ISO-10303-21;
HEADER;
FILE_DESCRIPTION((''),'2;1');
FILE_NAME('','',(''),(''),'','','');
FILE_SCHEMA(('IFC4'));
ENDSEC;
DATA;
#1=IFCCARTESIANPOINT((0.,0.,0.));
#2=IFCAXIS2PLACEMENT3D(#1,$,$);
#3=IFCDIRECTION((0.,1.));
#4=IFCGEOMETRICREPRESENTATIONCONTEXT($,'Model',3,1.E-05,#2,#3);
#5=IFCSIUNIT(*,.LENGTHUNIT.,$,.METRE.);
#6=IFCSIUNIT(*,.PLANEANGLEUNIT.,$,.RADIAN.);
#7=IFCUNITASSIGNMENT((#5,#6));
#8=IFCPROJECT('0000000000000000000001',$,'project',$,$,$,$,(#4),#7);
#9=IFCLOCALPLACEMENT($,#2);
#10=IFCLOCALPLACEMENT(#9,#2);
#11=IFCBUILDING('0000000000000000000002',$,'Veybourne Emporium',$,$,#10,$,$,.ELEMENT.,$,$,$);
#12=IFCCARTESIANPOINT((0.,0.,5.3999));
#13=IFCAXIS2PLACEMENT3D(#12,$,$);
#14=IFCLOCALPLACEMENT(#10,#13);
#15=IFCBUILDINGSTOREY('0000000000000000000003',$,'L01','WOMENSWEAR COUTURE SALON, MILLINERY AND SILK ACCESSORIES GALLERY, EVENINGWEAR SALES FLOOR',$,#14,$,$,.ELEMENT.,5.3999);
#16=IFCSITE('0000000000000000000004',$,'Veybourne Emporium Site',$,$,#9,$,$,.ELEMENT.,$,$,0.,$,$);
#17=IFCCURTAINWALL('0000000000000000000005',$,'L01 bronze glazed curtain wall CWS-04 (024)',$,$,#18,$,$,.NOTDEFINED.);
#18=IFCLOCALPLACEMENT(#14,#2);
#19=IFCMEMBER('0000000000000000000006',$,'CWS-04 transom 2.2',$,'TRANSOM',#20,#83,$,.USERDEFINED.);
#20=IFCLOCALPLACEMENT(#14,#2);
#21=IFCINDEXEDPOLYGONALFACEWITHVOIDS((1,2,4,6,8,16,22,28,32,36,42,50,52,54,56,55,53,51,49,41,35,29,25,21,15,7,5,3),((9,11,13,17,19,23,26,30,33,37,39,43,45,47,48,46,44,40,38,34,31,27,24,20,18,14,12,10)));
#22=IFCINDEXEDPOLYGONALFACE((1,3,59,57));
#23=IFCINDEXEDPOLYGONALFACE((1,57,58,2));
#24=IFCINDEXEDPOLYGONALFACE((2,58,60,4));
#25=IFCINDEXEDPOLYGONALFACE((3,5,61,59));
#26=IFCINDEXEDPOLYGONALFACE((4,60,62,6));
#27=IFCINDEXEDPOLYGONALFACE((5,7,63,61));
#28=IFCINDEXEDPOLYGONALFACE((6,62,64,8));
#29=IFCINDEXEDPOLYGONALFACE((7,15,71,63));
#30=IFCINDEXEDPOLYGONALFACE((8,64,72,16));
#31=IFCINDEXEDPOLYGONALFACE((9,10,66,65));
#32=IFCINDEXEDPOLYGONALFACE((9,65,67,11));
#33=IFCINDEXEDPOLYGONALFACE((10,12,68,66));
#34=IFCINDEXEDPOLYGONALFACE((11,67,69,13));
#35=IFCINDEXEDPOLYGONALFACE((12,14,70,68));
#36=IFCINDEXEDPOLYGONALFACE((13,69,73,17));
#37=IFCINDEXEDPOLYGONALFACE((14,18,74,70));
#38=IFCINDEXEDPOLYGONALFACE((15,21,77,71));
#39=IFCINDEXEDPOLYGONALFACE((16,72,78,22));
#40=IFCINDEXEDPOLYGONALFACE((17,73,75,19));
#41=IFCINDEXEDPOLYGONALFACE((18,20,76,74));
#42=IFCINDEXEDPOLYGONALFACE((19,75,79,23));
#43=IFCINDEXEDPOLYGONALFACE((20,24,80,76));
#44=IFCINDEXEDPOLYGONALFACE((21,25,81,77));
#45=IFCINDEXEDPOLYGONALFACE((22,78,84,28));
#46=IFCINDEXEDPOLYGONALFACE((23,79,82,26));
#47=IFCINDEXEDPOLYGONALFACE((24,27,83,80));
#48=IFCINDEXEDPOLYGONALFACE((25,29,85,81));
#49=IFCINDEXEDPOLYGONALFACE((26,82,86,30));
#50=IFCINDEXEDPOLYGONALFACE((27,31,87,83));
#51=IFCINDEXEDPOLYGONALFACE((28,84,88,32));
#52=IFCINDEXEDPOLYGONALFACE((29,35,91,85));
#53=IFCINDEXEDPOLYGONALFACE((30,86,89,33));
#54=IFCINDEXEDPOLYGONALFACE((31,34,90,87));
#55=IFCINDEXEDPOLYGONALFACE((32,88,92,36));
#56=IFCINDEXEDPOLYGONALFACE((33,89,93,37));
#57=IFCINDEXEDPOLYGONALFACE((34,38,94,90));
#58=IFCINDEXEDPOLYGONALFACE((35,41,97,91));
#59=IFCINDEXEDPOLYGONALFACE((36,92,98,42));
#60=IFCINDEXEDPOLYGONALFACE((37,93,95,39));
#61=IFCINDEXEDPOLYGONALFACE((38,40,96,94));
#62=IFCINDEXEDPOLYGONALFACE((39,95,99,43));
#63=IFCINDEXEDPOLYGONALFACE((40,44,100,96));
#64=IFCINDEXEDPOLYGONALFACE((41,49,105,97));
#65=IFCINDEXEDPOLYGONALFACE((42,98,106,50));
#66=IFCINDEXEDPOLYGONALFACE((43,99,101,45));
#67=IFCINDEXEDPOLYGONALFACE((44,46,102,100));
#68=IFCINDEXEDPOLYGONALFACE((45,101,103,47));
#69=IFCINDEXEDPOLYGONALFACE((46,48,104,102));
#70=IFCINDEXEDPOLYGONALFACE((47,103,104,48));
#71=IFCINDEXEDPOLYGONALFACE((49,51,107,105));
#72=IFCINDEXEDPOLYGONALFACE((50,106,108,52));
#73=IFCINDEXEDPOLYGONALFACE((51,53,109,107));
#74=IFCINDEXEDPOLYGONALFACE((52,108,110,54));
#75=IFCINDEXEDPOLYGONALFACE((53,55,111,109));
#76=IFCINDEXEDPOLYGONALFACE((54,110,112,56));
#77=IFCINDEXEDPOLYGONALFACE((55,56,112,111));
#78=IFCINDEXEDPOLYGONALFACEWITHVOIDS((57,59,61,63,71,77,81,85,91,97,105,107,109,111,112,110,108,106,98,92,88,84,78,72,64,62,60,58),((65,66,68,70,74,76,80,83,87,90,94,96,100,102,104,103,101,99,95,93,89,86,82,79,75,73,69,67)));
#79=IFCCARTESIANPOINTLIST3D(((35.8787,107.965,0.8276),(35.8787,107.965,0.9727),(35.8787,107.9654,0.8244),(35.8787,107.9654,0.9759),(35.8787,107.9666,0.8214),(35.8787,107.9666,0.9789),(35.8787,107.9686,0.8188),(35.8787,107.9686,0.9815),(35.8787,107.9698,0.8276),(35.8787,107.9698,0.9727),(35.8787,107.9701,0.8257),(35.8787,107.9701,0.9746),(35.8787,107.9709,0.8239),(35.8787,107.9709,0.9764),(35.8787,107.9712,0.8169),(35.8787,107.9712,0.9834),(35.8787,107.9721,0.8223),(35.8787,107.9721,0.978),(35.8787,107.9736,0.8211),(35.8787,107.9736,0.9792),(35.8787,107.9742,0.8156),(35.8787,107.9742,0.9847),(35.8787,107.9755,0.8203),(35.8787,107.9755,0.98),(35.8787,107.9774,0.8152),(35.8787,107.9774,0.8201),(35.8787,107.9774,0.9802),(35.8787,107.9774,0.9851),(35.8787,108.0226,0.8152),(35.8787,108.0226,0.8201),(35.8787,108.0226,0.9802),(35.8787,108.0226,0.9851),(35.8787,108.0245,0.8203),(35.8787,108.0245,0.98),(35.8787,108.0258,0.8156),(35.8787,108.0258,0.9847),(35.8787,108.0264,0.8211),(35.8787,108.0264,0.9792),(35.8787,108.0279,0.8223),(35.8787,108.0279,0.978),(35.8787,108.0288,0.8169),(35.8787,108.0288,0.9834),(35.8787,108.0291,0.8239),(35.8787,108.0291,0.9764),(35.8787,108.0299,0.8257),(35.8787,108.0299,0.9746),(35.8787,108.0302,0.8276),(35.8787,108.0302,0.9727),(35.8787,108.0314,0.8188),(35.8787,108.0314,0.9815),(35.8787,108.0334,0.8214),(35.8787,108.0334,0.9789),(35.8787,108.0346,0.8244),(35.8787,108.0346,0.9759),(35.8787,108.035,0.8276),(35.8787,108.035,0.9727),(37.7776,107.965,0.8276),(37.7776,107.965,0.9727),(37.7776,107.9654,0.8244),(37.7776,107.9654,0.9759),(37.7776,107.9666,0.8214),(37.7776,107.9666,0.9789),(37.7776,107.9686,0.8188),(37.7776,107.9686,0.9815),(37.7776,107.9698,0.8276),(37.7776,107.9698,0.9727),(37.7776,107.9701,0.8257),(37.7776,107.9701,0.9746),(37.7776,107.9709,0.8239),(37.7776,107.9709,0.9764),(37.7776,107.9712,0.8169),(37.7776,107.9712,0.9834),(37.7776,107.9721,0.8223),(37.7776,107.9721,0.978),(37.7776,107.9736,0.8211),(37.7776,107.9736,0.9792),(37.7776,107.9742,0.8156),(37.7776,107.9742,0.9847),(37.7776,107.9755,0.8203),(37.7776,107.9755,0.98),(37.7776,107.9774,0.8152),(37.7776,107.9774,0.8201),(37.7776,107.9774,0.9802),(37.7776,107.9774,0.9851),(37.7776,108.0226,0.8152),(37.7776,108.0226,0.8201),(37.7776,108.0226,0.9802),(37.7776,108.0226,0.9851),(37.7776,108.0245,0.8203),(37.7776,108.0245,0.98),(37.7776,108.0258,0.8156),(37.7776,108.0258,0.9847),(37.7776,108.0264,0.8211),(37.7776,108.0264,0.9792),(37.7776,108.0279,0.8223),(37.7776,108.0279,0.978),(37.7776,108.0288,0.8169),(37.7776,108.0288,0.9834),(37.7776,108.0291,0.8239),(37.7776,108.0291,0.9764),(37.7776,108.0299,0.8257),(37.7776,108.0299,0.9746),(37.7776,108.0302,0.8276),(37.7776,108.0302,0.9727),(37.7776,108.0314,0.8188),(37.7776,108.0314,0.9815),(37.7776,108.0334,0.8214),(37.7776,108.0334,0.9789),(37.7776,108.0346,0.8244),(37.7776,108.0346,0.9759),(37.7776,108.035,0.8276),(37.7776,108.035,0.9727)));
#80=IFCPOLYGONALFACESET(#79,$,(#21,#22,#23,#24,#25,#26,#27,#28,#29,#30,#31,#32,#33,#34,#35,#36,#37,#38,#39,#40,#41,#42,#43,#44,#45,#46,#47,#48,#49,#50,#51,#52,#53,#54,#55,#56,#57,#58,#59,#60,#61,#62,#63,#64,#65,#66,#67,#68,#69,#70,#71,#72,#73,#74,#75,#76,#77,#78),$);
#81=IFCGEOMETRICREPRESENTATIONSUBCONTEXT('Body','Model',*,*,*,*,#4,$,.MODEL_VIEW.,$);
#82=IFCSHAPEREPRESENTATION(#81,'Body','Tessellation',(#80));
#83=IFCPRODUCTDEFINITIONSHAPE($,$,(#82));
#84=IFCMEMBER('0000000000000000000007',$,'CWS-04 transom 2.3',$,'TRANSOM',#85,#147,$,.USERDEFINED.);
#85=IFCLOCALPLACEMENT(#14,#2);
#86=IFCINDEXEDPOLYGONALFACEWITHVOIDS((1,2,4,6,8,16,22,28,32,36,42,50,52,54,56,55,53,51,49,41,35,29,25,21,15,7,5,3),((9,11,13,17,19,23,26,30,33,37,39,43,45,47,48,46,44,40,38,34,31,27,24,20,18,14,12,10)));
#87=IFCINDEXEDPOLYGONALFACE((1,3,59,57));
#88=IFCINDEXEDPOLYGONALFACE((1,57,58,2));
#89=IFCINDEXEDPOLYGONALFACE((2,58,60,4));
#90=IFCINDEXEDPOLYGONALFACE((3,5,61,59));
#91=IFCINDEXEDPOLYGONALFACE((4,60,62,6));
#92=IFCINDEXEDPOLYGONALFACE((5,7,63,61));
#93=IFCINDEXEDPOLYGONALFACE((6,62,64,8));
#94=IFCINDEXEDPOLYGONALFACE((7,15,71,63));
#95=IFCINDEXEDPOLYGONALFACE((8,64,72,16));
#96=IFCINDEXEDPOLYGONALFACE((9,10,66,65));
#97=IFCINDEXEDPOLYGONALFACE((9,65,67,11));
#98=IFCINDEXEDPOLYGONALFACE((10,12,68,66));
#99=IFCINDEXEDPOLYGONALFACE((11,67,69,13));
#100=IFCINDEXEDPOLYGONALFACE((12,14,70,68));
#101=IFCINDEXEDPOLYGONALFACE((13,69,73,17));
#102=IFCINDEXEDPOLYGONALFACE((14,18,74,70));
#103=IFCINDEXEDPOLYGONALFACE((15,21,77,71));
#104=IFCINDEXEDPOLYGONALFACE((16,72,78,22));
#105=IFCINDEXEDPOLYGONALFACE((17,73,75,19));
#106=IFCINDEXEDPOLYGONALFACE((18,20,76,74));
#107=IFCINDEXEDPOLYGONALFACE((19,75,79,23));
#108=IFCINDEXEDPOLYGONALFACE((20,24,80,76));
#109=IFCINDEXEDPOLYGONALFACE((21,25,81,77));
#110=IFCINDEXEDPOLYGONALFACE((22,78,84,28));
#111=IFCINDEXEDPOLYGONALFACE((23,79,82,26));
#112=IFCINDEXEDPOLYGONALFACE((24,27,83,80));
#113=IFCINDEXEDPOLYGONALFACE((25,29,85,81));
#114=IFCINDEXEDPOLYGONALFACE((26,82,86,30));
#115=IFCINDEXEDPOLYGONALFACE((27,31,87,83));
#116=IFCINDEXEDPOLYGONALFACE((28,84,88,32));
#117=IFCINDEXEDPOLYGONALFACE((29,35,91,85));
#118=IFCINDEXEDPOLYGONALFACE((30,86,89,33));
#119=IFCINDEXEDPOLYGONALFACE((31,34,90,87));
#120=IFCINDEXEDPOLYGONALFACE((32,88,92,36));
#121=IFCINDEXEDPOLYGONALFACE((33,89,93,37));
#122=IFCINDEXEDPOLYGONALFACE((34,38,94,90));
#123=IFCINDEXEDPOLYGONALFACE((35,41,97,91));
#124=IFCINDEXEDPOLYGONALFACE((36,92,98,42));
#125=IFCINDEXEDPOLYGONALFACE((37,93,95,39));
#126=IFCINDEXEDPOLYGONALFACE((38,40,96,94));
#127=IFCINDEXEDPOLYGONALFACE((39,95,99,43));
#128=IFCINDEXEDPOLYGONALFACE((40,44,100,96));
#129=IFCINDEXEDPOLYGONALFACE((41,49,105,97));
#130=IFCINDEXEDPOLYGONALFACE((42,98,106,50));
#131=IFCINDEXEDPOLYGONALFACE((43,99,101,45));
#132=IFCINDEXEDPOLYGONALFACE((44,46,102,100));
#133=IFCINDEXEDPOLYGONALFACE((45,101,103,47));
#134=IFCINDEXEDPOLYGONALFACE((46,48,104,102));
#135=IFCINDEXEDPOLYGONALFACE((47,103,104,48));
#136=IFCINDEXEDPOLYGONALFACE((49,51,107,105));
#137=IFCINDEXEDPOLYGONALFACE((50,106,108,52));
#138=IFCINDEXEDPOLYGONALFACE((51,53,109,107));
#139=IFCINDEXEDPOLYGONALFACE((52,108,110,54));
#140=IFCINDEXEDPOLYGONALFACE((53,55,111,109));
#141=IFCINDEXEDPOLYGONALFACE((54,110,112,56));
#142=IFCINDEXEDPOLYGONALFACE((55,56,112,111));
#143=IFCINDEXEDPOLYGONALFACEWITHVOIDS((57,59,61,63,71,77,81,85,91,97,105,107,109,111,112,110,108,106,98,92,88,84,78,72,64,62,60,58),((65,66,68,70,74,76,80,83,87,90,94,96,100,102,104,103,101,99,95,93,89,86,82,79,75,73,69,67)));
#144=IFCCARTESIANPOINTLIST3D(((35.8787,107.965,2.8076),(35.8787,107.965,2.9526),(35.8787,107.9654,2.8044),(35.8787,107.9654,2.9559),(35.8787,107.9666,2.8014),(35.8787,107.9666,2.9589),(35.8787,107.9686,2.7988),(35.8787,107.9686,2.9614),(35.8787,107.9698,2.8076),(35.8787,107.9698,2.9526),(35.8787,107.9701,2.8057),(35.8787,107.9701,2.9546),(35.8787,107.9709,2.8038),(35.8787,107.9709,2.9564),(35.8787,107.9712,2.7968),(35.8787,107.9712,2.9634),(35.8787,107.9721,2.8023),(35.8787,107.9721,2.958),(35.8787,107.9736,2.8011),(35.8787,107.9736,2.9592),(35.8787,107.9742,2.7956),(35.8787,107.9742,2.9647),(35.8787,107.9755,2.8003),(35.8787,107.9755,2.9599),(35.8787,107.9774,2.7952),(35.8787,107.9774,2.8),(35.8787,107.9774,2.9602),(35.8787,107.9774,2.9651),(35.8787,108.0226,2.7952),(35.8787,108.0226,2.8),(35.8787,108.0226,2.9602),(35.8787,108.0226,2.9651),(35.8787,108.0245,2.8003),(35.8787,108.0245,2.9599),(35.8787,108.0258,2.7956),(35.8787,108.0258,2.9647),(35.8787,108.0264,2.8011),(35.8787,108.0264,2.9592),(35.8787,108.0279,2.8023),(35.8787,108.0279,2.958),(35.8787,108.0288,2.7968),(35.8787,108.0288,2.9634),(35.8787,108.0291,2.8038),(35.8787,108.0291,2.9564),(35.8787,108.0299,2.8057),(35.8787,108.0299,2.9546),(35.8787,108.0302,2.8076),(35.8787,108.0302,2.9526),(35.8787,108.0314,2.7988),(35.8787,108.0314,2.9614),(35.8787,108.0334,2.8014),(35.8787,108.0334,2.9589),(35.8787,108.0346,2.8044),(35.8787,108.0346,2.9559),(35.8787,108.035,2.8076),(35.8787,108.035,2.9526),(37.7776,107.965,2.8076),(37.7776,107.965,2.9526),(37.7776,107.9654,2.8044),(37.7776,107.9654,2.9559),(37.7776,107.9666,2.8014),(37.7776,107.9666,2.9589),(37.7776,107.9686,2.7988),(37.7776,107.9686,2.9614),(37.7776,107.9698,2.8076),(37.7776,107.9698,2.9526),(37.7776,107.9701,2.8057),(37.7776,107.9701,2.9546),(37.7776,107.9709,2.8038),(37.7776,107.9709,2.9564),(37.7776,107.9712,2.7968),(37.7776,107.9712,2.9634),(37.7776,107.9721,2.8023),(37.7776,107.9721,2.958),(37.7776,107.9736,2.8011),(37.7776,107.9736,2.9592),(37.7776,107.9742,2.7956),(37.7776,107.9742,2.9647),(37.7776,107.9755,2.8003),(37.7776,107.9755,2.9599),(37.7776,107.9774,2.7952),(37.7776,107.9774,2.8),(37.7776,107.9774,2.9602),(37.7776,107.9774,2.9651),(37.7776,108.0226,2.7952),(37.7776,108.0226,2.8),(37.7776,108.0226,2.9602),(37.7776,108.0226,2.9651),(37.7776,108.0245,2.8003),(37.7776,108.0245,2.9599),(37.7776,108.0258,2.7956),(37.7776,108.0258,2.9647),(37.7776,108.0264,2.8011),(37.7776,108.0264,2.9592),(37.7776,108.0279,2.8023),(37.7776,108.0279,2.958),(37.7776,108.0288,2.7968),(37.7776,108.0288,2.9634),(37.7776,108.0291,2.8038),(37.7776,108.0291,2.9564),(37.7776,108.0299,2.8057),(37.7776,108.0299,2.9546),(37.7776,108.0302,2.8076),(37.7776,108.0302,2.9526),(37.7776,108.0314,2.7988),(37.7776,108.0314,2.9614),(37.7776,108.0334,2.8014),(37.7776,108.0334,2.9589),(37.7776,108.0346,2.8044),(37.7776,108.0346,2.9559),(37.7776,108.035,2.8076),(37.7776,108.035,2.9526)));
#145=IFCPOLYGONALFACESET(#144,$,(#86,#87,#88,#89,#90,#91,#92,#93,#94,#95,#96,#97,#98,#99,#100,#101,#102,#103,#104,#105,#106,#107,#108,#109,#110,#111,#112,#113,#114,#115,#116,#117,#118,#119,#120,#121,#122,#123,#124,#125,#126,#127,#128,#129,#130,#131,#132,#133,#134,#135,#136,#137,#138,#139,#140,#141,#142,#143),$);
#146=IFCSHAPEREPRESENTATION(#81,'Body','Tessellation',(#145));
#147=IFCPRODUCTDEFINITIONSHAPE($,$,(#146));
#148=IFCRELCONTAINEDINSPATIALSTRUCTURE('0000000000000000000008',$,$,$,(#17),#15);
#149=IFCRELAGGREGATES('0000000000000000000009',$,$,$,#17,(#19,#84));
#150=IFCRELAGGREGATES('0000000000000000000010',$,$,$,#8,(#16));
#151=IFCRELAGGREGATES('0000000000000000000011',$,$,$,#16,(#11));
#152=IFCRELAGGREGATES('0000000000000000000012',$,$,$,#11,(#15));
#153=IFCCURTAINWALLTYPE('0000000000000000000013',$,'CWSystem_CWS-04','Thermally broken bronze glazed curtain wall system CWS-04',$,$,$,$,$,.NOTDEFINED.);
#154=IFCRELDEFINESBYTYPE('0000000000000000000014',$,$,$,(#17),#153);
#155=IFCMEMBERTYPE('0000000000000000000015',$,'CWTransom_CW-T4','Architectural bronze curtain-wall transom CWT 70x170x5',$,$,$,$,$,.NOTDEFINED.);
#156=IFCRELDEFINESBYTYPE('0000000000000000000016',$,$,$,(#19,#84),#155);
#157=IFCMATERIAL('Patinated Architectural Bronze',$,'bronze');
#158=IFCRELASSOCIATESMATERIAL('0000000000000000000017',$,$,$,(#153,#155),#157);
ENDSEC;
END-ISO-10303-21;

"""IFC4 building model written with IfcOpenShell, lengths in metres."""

from ifc_helpers import new_model, si_unit, direction, frame, origin, origin_2d, place, context, subcontext, project, spatial, hollow_rectangle, extrude, material, material_profile, profile_set, type_object, element, aggregate, save


model = new_model("IFC4")

# Units and contexts
model_context = context("Model", 3, precision=1e-05, world=origin(), true_north=direction((0.0, 1.0)))
body_context = subcontext(model_context, "Body", "Model", "MODEL_VIEW")
ifc_project = project(units=[si_unit("LENGTHUNIT", "METRE"), si_unit("PLANEANGLEUNIT", "RADIAN")], contexts=[model_context])

# Site, building, storey
site_placement = place(None, origin())
site = spatial("IfcSite", under=ifc_project, at=site_placement, Name="Veybourne Emporium Site", CompositionType="ELEMENT", RefElevation=0.0)
building_placement = place(site_placement, origin())
building = spatial("IfcBuilding", under=site, at=building_placement, Name="Veybourne Emporium", CompositionType="ELEMENT")
storey_placement = place(building_placement, frame((0.0, 0.0, 5.3999)))
storey = spatial("IfcBuildingStorey", under=building, at=storey_placement, Name="L01", Description="WOMENSWEAR COUTURE SALON, MILLINERY AND SILK ACCESSORIES GALLERY, EVENINGWEAR SALES FLOOR", CompositionType="ELEMENT", Elevation=5.3999)

# Curtain wall, members
ifc_material_1 = material(Name="Patinated Architectural Bronze", Category="bronze")
curtain_wall_type = type_object("IfcCurtainWallType", Name="CWSystem_CWS-04", Description="Thermally broken bronze glazed curtain wall system CWS-04", PredefinedType="NOTDEFINED", material=ifc_material_1)
curtain_wall_placement = place(storey_placement, origin())
curtain_wall = element("IfcCurtainWall", 1, at=curtain_wall_placement, inside=storey, type_object=curtain_wall_type, Name="L01 bronze glazed curtain wall CWS-04 (024)", PredefinedType="NOTDEFINED")
ifc_material_profile_1 = material_profile(ifc_material_1, hollow_rectangle(XDim=0.0701, YDim=0.1699, WallThickness=0.0049, InnerFilletRadius=0.0076, OuterFilletRadius=0.0125, at=origin_2d()), Name="CWT 70x170x5")
ifc_profile_set_1 = profile_set([ifc_material_profile_1], Name="Patinated Architectural Bronze")
member_type_1 = type_object("IfcMemberType", Name="CWTransom_CW-T4", Description="Architectural bronze curtain-wall transom CWT 70x170x5", PredefinedType="NOTDEFINED", material=ifc_profile_set_1)
member_1_placement = place(storey_placement, frame((35.8787, 108.0, 0.9001), z_axis=(1.0, 0.0, 0.0), x_axis=(0.0, 1.0, 0.0)))
member_1 = element("IfcMember", 2, at=member_1_placement, type_object=member_type_1, Name="CWS-04 transom 2.2", ObjectType="TRANSOM", PredefinedType="USERDEFINED", context=body_context, shape_type="SweptSolid", body=[
    extrude(hollow_rectangle(XDim=0.0701, YDim=0.1699, WallThickness=0.0049, InnerFilletRadius=0.0076, OuterFilletRadius=0.0125, at=origin_2d()), origin(), (0.0, 0.0, 1.0), 1.8989),
])
member_2_placement = place(storey_placement, frame((35.8787, 108.0, 2.8801), z_axis=(1.0, 0.0, 0.0), x_axis=(0.0, 1.0, 0.0)))
member_2 = element("IfcMember", 3, at=member_2_placement, type_object=member_type_1, Name="CWS-04 transom 2.3", ObjectType="TRANSOM", PredefinedType="USERDEFINED", context=body_context, shape_type="SweptSolid", body=[
    extrude(hollow_rectangle(XDim=0.0701, YDim=0.1699, WallThickness=0.0049, InnerFilletRadius=0.0076, OuterFilletRadius=0.0125, at=origin_2d()), origin(), (0.0, 0.0, 1.0), 1.8989),
])
aggregate(curtain_wall, [member_1, member_2])

save(model, "model.ifc")
